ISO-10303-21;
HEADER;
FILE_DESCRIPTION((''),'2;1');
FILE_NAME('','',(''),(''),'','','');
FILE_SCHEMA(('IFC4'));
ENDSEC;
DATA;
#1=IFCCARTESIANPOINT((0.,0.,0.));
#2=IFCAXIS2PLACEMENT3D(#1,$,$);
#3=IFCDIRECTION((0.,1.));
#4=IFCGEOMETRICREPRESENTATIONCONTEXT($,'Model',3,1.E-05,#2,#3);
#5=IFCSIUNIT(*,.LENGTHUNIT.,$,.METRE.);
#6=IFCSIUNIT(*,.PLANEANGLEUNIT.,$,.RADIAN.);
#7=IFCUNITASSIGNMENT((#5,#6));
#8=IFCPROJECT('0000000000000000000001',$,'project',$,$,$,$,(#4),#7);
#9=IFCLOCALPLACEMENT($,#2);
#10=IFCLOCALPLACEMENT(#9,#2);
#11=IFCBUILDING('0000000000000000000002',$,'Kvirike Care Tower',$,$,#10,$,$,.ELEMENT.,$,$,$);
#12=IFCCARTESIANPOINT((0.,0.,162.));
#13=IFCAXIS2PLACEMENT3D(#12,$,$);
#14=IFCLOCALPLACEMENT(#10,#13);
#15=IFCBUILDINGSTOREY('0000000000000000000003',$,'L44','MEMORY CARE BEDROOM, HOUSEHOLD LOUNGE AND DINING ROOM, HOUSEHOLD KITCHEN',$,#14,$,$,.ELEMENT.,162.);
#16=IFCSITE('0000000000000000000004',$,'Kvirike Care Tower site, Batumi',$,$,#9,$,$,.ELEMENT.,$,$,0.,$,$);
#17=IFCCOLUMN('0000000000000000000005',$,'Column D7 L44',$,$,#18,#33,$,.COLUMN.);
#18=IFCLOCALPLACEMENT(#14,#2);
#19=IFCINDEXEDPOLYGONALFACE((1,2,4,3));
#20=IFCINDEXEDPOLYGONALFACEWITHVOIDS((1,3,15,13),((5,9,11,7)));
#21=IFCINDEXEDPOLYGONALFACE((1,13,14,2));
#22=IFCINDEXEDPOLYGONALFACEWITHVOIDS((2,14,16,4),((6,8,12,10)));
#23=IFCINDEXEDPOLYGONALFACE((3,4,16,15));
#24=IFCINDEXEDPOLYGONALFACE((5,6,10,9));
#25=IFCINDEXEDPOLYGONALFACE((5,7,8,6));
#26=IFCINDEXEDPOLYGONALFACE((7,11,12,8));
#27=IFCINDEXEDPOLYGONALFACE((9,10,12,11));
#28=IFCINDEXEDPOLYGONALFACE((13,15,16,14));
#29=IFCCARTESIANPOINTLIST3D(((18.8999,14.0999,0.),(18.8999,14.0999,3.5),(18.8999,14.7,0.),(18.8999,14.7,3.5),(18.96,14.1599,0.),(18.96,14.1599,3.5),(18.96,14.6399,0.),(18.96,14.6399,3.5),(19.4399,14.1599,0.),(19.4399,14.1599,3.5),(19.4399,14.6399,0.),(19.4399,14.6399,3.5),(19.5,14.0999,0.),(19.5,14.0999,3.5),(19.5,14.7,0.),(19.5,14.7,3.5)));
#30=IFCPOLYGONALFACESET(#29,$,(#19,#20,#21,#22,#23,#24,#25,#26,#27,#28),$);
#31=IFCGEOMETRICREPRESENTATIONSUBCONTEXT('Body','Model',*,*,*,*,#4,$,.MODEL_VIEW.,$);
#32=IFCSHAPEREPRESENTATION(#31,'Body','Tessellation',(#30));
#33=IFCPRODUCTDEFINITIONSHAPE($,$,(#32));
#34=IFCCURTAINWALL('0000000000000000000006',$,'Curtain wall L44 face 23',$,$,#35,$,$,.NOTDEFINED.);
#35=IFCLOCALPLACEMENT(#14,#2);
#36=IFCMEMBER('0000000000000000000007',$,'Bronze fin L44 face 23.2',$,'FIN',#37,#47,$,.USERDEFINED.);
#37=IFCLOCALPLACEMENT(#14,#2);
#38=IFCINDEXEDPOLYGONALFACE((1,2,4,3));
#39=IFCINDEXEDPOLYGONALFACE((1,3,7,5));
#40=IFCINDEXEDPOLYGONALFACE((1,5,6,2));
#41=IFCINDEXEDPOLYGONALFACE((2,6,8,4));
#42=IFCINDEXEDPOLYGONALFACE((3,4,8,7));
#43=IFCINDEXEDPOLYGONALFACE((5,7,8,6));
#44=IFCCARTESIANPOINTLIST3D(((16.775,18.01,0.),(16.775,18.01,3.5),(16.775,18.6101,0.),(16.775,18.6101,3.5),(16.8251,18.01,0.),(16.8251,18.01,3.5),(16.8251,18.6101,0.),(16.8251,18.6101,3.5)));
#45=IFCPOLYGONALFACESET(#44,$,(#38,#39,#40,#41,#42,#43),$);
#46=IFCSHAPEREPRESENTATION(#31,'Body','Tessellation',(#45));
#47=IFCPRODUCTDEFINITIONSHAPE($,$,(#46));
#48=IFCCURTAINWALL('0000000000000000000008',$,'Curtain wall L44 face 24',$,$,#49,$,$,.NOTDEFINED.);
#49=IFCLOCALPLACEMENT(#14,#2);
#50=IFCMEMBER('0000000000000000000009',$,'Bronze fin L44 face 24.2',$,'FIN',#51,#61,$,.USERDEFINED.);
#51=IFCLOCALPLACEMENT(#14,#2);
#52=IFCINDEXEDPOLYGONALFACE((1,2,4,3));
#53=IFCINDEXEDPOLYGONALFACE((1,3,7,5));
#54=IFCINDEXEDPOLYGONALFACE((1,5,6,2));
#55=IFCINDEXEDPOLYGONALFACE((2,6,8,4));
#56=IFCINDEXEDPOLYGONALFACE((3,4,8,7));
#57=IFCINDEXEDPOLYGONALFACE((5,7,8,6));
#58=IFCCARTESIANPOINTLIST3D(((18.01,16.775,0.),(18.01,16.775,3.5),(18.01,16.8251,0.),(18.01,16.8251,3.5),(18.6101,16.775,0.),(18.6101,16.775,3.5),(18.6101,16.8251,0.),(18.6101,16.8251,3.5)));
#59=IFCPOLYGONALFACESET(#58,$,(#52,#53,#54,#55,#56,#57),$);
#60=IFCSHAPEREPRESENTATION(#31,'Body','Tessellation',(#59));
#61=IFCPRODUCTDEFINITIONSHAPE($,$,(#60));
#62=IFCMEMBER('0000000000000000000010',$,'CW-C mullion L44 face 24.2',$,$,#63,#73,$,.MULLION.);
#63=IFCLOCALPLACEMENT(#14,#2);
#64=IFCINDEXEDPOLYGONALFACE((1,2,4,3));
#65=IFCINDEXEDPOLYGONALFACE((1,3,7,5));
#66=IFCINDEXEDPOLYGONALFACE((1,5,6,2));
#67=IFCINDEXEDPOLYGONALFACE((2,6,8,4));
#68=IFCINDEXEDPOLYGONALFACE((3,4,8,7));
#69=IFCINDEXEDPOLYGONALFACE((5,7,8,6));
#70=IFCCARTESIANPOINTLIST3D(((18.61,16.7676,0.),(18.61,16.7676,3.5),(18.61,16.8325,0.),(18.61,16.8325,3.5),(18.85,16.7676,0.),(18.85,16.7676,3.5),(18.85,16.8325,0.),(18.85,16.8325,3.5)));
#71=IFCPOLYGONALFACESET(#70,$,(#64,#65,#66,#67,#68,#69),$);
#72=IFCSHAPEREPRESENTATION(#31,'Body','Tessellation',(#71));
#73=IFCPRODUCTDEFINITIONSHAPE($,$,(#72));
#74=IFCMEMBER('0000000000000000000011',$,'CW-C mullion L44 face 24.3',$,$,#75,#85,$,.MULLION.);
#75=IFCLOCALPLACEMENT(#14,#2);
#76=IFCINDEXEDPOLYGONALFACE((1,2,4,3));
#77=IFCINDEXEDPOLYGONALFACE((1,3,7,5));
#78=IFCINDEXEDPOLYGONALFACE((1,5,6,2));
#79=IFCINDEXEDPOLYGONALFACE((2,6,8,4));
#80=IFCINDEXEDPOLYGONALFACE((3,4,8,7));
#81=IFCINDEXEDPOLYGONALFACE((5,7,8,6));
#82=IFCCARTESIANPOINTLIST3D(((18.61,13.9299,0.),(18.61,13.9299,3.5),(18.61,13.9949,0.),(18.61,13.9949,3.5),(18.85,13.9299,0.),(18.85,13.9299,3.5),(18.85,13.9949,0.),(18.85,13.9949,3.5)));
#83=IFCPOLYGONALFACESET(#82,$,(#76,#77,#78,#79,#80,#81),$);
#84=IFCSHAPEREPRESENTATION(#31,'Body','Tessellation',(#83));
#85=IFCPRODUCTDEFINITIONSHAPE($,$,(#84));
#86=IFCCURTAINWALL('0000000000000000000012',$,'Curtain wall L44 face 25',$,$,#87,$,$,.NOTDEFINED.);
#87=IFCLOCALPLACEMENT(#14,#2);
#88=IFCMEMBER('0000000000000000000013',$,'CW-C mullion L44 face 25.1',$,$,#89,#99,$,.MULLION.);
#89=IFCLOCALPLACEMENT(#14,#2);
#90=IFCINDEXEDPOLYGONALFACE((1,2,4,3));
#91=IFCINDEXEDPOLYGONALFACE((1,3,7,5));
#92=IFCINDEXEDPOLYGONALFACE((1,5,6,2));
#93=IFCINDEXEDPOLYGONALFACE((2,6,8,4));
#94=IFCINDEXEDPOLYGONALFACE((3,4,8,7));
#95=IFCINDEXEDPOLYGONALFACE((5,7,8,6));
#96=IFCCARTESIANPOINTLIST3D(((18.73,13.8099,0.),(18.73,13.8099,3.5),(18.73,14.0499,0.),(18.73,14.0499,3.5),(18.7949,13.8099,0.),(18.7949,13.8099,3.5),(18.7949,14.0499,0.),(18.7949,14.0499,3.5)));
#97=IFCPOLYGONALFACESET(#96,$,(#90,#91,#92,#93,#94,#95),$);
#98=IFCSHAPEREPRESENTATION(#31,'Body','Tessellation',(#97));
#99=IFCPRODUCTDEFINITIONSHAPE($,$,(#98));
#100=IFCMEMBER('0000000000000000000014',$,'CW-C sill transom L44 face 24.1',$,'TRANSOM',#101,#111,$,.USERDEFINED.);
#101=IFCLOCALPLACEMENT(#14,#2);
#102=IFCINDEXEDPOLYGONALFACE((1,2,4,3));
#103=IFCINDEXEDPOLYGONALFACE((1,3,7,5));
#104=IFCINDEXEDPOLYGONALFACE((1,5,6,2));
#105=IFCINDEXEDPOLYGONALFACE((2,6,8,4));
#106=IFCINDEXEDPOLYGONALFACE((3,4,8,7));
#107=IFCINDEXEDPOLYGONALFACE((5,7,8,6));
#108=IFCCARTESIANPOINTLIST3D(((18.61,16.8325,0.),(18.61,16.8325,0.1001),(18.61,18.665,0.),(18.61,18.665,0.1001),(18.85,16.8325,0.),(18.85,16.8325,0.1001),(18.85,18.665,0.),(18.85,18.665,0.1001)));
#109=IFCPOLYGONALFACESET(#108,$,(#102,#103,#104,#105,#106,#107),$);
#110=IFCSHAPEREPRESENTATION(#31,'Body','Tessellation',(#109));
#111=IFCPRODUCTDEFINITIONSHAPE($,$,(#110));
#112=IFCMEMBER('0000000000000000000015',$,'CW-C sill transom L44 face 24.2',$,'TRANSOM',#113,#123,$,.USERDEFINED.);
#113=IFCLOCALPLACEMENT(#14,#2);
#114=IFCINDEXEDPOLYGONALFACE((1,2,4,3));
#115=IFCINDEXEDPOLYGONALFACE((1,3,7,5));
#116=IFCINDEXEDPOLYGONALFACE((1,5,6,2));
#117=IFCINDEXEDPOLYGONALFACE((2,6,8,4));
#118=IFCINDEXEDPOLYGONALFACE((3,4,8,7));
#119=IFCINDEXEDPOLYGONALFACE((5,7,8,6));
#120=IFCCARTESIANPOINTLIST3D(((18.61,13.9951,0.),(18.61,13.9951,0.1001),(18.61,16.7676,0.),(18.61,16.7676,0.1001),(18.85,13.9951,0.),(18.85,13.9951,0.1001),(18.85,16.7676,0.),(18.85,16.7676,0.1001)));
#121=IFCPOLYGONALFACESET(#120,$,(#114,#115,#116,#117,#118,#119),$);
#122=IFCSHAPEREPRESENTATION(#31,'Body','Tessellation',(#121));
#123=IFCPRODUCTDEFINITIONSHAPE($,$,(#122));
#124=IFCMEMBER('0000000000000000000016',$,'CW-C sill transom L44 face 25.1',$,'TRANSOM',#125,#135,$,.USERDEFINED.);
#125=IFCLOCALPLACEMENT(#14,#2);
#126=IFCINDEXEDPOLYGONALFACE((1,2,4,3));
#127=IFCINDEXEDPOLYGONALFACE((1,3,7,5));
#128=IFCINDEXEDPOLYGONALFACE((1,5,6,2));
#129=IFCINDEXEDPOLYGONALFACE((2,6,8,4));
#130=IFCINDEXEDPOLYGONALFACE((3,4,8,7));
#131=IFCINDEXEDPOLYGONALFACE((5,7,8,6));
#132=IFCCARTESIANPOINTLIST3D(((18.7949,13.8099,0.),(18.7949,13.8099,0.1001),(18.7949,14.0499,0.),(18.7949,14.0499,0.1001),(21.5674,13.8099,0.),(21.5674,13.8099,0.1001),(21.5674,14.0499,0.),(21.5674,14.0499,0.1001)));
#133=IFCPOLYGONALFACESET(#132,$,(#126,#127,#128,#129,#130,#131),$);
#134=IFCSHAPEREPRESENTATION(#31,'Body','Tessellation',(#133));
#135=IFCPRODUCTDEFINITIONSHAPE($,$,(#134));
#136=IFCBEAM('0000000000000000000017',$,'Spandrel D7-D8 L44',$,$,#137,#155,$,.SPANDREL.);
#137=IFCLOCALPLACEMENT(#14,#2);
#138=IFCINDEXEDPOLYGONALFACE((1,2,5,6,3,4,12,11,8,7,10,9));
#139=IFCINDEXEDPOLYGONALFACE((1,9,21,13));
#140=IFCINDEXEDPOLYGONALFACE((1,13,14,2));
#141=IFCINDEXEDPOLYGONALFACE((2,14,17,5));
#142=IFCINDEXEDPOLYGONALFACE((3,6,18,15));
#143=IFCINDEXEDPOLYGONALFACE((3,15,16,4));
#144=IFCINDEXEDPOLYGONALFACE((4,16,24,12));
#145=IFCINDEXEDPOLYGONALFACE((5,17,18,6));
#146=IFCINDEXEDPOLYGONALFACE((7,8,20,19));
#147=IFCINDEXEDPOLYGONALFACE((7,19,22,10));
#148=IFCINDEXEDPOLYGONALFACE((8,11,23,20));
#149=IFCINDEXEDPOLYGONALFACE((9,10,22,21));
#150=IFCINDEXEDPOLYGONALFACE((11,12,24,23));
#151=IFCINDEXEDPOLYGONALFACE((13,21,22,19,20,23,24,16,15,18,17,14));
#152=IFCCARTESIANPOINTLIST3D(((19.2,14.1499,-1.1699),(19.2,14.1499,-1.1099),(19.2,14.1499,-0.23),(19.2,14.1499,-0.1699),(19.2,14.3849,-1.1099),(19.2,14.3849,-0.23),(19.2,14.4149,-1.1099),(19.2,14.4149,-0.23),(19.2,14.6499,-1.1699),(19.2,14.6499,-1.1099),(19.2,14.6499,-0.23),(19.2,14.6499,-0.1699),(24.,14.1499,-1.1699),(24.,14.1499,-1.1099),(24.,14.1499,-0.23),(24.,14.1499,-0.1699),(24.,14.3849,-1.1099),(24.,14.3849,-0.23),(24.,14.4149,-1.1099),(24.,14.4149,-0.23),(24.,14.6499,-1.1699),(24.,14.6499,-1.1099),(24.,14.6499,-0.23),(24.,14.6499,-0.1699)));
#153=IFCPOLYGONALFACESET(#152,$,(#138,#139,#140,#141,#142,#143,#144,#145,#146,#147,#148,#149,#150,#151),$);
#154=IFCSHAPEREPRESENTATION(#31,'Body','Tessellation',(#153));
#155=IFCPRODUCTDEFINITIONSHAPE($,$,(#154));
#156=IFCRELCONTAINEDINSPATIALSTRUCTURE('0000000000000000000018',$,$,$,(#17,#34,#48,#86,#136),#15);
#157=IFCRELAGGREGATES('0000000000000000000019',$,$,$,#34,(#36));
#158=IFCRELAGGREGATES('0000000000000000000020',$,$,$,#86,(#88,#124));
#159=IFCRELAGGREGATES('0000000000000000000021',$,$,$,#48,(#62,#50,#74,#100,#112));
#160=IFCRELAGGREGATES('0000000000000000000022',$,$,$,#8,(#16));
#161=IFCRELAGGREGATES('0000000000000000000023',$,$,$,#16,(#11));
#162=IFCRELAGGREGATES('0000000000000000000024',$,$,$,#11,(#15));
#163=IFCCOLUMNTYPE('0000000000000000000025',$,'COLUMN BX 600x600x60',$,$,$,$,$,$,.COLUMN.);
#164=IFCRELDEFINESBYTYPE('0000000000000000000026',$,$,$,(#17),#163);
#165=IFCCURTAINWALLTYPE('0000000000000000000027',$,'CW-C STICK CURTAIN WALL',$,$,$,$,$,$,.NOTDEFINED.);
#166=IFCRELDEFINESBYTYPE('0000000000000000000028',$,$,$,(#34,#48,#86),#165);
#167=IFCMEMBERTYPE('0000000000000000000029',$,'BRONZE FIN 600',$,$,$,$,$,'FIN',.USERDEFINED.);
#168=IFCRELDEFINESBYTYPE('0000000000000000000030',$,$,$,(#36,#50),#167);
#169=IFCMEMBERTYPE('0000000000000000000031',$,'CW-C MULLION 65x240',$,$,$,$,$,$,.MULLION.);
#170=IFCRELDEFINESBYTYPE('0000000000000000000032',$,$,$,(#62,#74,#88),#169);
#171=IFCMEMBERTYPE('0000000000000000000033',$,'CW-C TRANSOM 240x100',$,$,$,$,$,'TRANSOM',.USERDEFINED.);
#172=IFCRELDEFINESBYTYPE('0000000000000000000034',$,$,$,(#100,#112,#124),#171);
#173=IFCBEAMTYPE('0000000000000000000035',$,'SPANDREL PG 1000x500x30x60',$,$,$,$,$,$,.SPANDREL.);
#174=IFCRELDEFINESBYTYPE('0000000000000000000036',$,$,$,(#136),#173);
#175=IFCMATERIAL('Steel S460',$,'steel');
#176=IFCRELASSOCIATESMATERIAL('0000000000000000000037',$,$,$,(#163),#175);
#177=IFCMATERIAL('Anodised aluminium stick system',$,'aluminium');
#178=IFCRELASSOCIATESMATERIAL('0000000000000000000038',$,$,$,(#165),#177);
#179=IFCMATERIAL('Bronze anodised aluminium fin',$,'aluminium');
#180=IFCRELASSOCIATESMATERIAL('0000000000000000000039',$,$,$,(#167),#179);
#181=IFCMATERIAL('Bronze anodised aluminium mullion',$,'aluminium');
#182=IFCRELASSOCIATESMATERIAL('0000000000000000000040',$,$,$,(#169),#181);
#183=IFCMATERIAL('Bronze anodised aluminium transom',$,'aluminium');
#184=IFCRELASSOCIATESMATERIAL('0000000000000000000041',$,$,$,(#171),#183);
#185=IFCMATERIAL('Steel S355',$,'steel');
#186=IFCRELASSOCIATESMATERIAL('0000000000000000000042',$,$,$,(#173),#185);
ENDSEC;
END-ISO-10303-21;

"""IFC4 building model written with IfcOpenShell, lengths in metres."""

from ifc_helpers import new_model, si_unit, direction, frame, origin, origin_2d, place, context, subcontext, project, spatial, rectangle, hollow_rectangle, i_section, extrude, material, material_profile, profile_set, type_object, element, aggregate, save


model = new_model("IFC4")

# Units and contexts
model_context = context("Model", 3, precision=1e-05, world=origin(), true_north=direction((0.0, 1.0)))
body_context = subcontext(model_context, "Body", "Model", "MODEL_VIEW")
ifc_project = project(units=[si_unit("LENGTHUNIT", "METRE"), si_unit("PLANEANGLEUNIT", "RADIAN")], contexts=[model_context])

# Site, building, storey
site_placement = place(None, origin())
site = spatial("IfcSite", under=ifc_project, at=site_placement, Name="Kvirike Care Tower site, Batumi", CompositionType="ELEMENT", RefElevation=0.0)
building_placement = place(site_placement, origin())
building = spatial("IfcBuilding", under=site, at=building_placement, Name="Kvirike Care Tower", CompositionType="ELEMENT")
storey_placement = place(building_placement, frame((0.0, 0.0, 162.0)))
storey = spatial("IfcBuildingStorey", under=building, at=storey_placement, Name="L44", Description="MEMORY CARE BEDROOM, HOUSEHOLD LOUNGE AND DINING ROOM, HOUSEHOLD KITCHEN", CompositionType="ELEMENT", Elevation=162.0)

# Column
ifc_material_1 = material(Name="Steel S460", Category="steel")
ifc_material_profile_1 = material_profile(ifc_material_1, hollow_rectangle(XDim=0.6001, YDim=0.6001, WallThickness=0.0601, at=origin_2d()), Name="BX 600x600x60")
ifc_profile_set_1 = profile_set([ifc_material_profile_1], Name="Steel S460")
column_type = type_object("IfcColumnType", Name="COLUMN BX 600x600x60", PredefinedType="COLUMN", material=ifc_profile_set_1)
column_placement = place(storey_placement, frame((19.2, 14.3999, 0.0), z_axis=(0.0, 0.0, 1.0), x_axis=(0.0, 1.0, 0.0)))
element("IfcColumn", 1, at=column_placement, inside=storey, type_object=column_type, Name="Column D7 L44", PredefinedType="COLUMN", context=body_context, shape_type="SweptSolid", body=[
    extrude(hollow_rectangle(XDim=0.6001, YDim=0.6001, WallThickness=0.0601, at=origin_2d()), origin(), (0.0, 0.0, 1.0), 3.5),
])

# Curtain wall, member
ifc_material_2 = material(Name="Anodised aluminium stick system", Category="aluminium")
curtain_wall_type = type_object("IfcCurtainWallType", Name="CW-C STICK CURTAIN WALL", PredefinedType="NOTDEFINED", material=ifc_material_2)
curtain_wall_1_placement = place(storey_placement, origin())
curtain_wall_1 = element("IfcCurtainWall", 2, at=curtain_wall_1_placement, inside=storey, type_object=curtain_wall_type, Name="Curtain wall L44 face 23", PredefinedType="NOTDEFINED")
ifc_material_3 = material(Name="Bronze anodised aluminium fin", Category="aluminium")
ifc_material_profile_2 = material_profile(ifc_material_3, rectangle(XDim=0.05, YDim=0.6001, at=origin_2d()), Name="BRONZE FIN 600")
ifc_profile_set_2 = profile_set([ifc_material_profile_2], Name="Bronze anodised aluminium fin")
member_type_1 = type_object("IfcMemberType", Name="BRONZE FIN 600", ElementType="FIN", PredefinedType="USERDEFINED", material=ifc_profile_set_2)
member_1_placement = place(storey_placement, frame((16.8, 18.3101, 0.0), z_axis=(0.0, 0.0, 1.0), x_axis=(1.0, 0.0, 0.0)))
member_1 = element("IfcMember", 3, at=member_1_placement, type_object=member_type_1, Name="Bronze fin L44 face 23.2", ObjectType="FIN", PredefinedType="USERDEFINED", context=body_context, shape_type="SweptSolid", body=[
    extrude(rectangle(XDim=0.05, YDim=0.6001, at=origin_2d()), origin(), (0.0, 0.0, 1.0), 3.5),
])
aggregate(curtain_wall_1, [member_1])

# Curtain wall, members
curtain_wall_2_placement = place(storey_placement, origin())
curtain_wall_2 = element("IfcCurtainWall", 4, at=curtain_wall_2_placement, inside=storey, type_object=curtain_wall_type, Name="Curtain wall L44 face 24", PredefinedType="NOTDEFINED")
member_2_placement = place(storey_placement, frame((18.3101, 16.8, 0.0), z_axis=(0.0, 0.0, 1.0), x_axis=(0.0, -1.0, 0.0)))
member_2 = element("IfcMember", 5, at=member_2_placement, type_object=member_type_1, Name="Bronze fin L44 face 24.2", ObjectType="FIN", PredefinedType="USERDEFINED", context=body_context, shape_type="SweptSolid", body=[
    extrude(rectangle(XDim=0.05, YDim=0.6001, at=origin_2d()), origin(), (0.0, 0.0, 1.0), 3.5),
])
ifc_material_4 = material(Name="Bronze anodised aluminium mullion", Category="aluminium")
ifc_material_profile_3 = material_profile(ifc_material_4, rectangle(XDim=0.0649, YDim=0.24, at=origin_2d()), Name="CW-C MULLION 65x240")
ifc_profile_set_3 = profile_set([ifc_material_profile_3], Name="Bronze anodised aluminium mullion")
member_type_2 = type_object("IfcMemberType", Name="CW-C MULLION 65x240", PredefinedType="MULLION", material=ifc_profile_set_3)
member_3_placement = place(storey_placement, frame((18.73, 16.8, 0.0), z_axis=(0.0, 0.0, 1.0), x_axis=(0.0, -1.0, 0.0)))
member_3 = element("IfcMember", 6, at=member_3_placement, type_object=member_type_2, Name="CW-C mullion L44 face 24.2", PredefinedType="MULLION", context=body_context, shape_type="SweptSolid", body=[
    extrude(rectangle(XDim=0.0649, YDim=0.24, at=origin_2d()), origin(), (0.0, 0.0, 1.0), 3.5),
])
member_4_placement = place(storey_placement, frame((18.73, 13.9624, 0.0), z_axis=(0.0, 0.0, 1.0), x_axis=(0.0, -1.0, 0.0)))
member_4 = element("IfcMember", 7, at=member_4_placement, type_object=member_type_2, Name="CW-C mullion L44 face 24.3", PredefinedType="MULLION", context=body_context, shape_type="SweptSolid", body=[
    extrude(rectangle(XDim=0.0649, YDim=0.24, at=origin_2d()), origin(), (0.0, 0.0, 1.0), 3.5),
])

# Curtain wall, member
curtain_wall_3_placement = place(storey_placement, origin())
curtain_wall_3 = element("IfcCurtainWall", 8, at=curtain_wall_3_placement, inside=storey, type_object=curtain_wall_type, Name="Curtain wall L44 face 25", PredefinedType="NOTDEFINED")
member_5_placement = place(storey_placement, frame((18.7625, 13.9299, 0.0), z_axis=(0.0, 0.0, 1.0), x_axis=(1.0, 0.0, 0.0)))
member_5 = element("IfcMember", 9, at=member_5_placement, type_object=member_type_2, Name="CW-C mullion L44 face 25.1", PredefinedType="MULLION", context=body_context, shape_type="SweptSolid", body=[
    extrude(rectangle(XDim=0.0649, YDim=0.24, at=origin_2d()), origin(), (0.0, 0.0, 1.0), 3.5),
])

# Members
ifc_material_5 = material(Name="Bronze anodised aluminium transom", Category="aluminium")
ifc_material_profile_4 = material_profile(ifc_material_5, rectangle(XDim=0.24, YDim=0.1001, at=origin_2d()), Name="CW-C TRANSOM 240x100")
ifc_profile_set_4 = profile_set([ifc_material_profile_4], Name="Bronze anodised aluminium transom")
member_type_3 = type_object("IfcMemberType", Name="CW-C TRANSOM 240x100", ElementType="TRANSOM", PredefinedType="USERDEFINED", material=ifc_profile_set_4)
member_6_placement = place(storey_placement, frame((18.73, 18.665, 0.05), z_axis=(0.0, -1.0, 0.0), x_axis=(1.0, 0.0, 0.0)))
member_6 = element("IfcMember", 10, at=member_6_placement, type_object=member_type_3, Name="CW-C sill transom L44 face 24.1", ObjectType="TRANSOM", PredefinedType="USERDEFINED", context=body_context, shape_type="SweptSolid", body=[
    extrude(rectangle(XDim=0.24, YDim=0.1001, at=origin_2d()), origin(), (0.0, 0.0, 1.0), 1.8325),
])
member_7_placement = place(storey_placement, frame((18.73, 16.7676, 0.05), z_axis=(0.0, -1.0, 0.0), x_axis=(1.0, 0.0, 0.0)))
member_7 = element("IfcMember", 11, at=member_7_placement, type_object=member_type_3, Name="CW-C sill transom L44 face 24.2", ObjectType="TRANSOM", PredefinedType="USERDEFINED", context=body_context, shape_type="SweptSolid", body=[
    extrude(rectangle(XDim=0.24, YDim=0.1001, at=origin_2d()), origin(), (0.0, 0.0, 1.0), 2.7725),
])
member_8_placement = place(storey_placement, frame((18.7949, 13.9299, 0.05), z_axis=(1.0, 0.0, 0.0), x_axis=(0.0, 1.0, 0.0)))
member_8 = element("IfcMember", 12, at=member_8_placement, type_object=member_type_3, Name="CW-C sill transom L44 face 25.1", ObjectType="TRANSOM", PredefinedType="USERDEFINED", context=body_context, shape_type="SweptSolid", body=[
    extrude(rectangle(XDim=0.24, YDim=0.1001, at=origin_2d()), origin(), (0.0, 0.0, 1.0), 2.7725),
])
aggregate(curtain_wall_3, [member_5, member_8])

# Beam
ifc_material_6 = material(Name="Steel S355", Category="steel")
ifc_material_profile_5 = material_profile(ifc_material_6, i_section(OverallWidth=0.5, OverallDepth=1.0, WebThickness=0.03, FlangeThickness=0.0601, at=origin_2d()), Name="PG 1000x500x30x60")
ifc_profile_set_5 = profile_set([ifc_material_profile_5], Name="Steel S355")
beam_type = type_object("IfcBeamType", Name="SPANDREL PG 1000x500x30x60", PredefinedType="SPANDREL", material=ifc_profile_set_5)
beam_placement = place(storey_placement, frame((19.2, 14.3999, -0.6699), z_axis=(1.0, 0.0, 0.0), x_axis=(0.0, 1.0, 0.0)))
element("IfcBeam", 13, at=beam_placement, inside=storey, type_object=beam_type, Name="Spandrel D7-D8 L44", PredefinedType="SPANDREL", context=body_context, shape_type="SweptSolid", body=[
    extrude(i_section(OverallWidth=0.5, OverallDepth=1.0, WebThickness=0.03, FlangeThickness=0.0601, at=origin_2d()), origin(), (0.0, 0.0, 1.0), 4.8),
])

aggregate(curtain_wall_2, [member_3, member_2, member_4, member_6, member_7])

save(model, "model.ifc")
